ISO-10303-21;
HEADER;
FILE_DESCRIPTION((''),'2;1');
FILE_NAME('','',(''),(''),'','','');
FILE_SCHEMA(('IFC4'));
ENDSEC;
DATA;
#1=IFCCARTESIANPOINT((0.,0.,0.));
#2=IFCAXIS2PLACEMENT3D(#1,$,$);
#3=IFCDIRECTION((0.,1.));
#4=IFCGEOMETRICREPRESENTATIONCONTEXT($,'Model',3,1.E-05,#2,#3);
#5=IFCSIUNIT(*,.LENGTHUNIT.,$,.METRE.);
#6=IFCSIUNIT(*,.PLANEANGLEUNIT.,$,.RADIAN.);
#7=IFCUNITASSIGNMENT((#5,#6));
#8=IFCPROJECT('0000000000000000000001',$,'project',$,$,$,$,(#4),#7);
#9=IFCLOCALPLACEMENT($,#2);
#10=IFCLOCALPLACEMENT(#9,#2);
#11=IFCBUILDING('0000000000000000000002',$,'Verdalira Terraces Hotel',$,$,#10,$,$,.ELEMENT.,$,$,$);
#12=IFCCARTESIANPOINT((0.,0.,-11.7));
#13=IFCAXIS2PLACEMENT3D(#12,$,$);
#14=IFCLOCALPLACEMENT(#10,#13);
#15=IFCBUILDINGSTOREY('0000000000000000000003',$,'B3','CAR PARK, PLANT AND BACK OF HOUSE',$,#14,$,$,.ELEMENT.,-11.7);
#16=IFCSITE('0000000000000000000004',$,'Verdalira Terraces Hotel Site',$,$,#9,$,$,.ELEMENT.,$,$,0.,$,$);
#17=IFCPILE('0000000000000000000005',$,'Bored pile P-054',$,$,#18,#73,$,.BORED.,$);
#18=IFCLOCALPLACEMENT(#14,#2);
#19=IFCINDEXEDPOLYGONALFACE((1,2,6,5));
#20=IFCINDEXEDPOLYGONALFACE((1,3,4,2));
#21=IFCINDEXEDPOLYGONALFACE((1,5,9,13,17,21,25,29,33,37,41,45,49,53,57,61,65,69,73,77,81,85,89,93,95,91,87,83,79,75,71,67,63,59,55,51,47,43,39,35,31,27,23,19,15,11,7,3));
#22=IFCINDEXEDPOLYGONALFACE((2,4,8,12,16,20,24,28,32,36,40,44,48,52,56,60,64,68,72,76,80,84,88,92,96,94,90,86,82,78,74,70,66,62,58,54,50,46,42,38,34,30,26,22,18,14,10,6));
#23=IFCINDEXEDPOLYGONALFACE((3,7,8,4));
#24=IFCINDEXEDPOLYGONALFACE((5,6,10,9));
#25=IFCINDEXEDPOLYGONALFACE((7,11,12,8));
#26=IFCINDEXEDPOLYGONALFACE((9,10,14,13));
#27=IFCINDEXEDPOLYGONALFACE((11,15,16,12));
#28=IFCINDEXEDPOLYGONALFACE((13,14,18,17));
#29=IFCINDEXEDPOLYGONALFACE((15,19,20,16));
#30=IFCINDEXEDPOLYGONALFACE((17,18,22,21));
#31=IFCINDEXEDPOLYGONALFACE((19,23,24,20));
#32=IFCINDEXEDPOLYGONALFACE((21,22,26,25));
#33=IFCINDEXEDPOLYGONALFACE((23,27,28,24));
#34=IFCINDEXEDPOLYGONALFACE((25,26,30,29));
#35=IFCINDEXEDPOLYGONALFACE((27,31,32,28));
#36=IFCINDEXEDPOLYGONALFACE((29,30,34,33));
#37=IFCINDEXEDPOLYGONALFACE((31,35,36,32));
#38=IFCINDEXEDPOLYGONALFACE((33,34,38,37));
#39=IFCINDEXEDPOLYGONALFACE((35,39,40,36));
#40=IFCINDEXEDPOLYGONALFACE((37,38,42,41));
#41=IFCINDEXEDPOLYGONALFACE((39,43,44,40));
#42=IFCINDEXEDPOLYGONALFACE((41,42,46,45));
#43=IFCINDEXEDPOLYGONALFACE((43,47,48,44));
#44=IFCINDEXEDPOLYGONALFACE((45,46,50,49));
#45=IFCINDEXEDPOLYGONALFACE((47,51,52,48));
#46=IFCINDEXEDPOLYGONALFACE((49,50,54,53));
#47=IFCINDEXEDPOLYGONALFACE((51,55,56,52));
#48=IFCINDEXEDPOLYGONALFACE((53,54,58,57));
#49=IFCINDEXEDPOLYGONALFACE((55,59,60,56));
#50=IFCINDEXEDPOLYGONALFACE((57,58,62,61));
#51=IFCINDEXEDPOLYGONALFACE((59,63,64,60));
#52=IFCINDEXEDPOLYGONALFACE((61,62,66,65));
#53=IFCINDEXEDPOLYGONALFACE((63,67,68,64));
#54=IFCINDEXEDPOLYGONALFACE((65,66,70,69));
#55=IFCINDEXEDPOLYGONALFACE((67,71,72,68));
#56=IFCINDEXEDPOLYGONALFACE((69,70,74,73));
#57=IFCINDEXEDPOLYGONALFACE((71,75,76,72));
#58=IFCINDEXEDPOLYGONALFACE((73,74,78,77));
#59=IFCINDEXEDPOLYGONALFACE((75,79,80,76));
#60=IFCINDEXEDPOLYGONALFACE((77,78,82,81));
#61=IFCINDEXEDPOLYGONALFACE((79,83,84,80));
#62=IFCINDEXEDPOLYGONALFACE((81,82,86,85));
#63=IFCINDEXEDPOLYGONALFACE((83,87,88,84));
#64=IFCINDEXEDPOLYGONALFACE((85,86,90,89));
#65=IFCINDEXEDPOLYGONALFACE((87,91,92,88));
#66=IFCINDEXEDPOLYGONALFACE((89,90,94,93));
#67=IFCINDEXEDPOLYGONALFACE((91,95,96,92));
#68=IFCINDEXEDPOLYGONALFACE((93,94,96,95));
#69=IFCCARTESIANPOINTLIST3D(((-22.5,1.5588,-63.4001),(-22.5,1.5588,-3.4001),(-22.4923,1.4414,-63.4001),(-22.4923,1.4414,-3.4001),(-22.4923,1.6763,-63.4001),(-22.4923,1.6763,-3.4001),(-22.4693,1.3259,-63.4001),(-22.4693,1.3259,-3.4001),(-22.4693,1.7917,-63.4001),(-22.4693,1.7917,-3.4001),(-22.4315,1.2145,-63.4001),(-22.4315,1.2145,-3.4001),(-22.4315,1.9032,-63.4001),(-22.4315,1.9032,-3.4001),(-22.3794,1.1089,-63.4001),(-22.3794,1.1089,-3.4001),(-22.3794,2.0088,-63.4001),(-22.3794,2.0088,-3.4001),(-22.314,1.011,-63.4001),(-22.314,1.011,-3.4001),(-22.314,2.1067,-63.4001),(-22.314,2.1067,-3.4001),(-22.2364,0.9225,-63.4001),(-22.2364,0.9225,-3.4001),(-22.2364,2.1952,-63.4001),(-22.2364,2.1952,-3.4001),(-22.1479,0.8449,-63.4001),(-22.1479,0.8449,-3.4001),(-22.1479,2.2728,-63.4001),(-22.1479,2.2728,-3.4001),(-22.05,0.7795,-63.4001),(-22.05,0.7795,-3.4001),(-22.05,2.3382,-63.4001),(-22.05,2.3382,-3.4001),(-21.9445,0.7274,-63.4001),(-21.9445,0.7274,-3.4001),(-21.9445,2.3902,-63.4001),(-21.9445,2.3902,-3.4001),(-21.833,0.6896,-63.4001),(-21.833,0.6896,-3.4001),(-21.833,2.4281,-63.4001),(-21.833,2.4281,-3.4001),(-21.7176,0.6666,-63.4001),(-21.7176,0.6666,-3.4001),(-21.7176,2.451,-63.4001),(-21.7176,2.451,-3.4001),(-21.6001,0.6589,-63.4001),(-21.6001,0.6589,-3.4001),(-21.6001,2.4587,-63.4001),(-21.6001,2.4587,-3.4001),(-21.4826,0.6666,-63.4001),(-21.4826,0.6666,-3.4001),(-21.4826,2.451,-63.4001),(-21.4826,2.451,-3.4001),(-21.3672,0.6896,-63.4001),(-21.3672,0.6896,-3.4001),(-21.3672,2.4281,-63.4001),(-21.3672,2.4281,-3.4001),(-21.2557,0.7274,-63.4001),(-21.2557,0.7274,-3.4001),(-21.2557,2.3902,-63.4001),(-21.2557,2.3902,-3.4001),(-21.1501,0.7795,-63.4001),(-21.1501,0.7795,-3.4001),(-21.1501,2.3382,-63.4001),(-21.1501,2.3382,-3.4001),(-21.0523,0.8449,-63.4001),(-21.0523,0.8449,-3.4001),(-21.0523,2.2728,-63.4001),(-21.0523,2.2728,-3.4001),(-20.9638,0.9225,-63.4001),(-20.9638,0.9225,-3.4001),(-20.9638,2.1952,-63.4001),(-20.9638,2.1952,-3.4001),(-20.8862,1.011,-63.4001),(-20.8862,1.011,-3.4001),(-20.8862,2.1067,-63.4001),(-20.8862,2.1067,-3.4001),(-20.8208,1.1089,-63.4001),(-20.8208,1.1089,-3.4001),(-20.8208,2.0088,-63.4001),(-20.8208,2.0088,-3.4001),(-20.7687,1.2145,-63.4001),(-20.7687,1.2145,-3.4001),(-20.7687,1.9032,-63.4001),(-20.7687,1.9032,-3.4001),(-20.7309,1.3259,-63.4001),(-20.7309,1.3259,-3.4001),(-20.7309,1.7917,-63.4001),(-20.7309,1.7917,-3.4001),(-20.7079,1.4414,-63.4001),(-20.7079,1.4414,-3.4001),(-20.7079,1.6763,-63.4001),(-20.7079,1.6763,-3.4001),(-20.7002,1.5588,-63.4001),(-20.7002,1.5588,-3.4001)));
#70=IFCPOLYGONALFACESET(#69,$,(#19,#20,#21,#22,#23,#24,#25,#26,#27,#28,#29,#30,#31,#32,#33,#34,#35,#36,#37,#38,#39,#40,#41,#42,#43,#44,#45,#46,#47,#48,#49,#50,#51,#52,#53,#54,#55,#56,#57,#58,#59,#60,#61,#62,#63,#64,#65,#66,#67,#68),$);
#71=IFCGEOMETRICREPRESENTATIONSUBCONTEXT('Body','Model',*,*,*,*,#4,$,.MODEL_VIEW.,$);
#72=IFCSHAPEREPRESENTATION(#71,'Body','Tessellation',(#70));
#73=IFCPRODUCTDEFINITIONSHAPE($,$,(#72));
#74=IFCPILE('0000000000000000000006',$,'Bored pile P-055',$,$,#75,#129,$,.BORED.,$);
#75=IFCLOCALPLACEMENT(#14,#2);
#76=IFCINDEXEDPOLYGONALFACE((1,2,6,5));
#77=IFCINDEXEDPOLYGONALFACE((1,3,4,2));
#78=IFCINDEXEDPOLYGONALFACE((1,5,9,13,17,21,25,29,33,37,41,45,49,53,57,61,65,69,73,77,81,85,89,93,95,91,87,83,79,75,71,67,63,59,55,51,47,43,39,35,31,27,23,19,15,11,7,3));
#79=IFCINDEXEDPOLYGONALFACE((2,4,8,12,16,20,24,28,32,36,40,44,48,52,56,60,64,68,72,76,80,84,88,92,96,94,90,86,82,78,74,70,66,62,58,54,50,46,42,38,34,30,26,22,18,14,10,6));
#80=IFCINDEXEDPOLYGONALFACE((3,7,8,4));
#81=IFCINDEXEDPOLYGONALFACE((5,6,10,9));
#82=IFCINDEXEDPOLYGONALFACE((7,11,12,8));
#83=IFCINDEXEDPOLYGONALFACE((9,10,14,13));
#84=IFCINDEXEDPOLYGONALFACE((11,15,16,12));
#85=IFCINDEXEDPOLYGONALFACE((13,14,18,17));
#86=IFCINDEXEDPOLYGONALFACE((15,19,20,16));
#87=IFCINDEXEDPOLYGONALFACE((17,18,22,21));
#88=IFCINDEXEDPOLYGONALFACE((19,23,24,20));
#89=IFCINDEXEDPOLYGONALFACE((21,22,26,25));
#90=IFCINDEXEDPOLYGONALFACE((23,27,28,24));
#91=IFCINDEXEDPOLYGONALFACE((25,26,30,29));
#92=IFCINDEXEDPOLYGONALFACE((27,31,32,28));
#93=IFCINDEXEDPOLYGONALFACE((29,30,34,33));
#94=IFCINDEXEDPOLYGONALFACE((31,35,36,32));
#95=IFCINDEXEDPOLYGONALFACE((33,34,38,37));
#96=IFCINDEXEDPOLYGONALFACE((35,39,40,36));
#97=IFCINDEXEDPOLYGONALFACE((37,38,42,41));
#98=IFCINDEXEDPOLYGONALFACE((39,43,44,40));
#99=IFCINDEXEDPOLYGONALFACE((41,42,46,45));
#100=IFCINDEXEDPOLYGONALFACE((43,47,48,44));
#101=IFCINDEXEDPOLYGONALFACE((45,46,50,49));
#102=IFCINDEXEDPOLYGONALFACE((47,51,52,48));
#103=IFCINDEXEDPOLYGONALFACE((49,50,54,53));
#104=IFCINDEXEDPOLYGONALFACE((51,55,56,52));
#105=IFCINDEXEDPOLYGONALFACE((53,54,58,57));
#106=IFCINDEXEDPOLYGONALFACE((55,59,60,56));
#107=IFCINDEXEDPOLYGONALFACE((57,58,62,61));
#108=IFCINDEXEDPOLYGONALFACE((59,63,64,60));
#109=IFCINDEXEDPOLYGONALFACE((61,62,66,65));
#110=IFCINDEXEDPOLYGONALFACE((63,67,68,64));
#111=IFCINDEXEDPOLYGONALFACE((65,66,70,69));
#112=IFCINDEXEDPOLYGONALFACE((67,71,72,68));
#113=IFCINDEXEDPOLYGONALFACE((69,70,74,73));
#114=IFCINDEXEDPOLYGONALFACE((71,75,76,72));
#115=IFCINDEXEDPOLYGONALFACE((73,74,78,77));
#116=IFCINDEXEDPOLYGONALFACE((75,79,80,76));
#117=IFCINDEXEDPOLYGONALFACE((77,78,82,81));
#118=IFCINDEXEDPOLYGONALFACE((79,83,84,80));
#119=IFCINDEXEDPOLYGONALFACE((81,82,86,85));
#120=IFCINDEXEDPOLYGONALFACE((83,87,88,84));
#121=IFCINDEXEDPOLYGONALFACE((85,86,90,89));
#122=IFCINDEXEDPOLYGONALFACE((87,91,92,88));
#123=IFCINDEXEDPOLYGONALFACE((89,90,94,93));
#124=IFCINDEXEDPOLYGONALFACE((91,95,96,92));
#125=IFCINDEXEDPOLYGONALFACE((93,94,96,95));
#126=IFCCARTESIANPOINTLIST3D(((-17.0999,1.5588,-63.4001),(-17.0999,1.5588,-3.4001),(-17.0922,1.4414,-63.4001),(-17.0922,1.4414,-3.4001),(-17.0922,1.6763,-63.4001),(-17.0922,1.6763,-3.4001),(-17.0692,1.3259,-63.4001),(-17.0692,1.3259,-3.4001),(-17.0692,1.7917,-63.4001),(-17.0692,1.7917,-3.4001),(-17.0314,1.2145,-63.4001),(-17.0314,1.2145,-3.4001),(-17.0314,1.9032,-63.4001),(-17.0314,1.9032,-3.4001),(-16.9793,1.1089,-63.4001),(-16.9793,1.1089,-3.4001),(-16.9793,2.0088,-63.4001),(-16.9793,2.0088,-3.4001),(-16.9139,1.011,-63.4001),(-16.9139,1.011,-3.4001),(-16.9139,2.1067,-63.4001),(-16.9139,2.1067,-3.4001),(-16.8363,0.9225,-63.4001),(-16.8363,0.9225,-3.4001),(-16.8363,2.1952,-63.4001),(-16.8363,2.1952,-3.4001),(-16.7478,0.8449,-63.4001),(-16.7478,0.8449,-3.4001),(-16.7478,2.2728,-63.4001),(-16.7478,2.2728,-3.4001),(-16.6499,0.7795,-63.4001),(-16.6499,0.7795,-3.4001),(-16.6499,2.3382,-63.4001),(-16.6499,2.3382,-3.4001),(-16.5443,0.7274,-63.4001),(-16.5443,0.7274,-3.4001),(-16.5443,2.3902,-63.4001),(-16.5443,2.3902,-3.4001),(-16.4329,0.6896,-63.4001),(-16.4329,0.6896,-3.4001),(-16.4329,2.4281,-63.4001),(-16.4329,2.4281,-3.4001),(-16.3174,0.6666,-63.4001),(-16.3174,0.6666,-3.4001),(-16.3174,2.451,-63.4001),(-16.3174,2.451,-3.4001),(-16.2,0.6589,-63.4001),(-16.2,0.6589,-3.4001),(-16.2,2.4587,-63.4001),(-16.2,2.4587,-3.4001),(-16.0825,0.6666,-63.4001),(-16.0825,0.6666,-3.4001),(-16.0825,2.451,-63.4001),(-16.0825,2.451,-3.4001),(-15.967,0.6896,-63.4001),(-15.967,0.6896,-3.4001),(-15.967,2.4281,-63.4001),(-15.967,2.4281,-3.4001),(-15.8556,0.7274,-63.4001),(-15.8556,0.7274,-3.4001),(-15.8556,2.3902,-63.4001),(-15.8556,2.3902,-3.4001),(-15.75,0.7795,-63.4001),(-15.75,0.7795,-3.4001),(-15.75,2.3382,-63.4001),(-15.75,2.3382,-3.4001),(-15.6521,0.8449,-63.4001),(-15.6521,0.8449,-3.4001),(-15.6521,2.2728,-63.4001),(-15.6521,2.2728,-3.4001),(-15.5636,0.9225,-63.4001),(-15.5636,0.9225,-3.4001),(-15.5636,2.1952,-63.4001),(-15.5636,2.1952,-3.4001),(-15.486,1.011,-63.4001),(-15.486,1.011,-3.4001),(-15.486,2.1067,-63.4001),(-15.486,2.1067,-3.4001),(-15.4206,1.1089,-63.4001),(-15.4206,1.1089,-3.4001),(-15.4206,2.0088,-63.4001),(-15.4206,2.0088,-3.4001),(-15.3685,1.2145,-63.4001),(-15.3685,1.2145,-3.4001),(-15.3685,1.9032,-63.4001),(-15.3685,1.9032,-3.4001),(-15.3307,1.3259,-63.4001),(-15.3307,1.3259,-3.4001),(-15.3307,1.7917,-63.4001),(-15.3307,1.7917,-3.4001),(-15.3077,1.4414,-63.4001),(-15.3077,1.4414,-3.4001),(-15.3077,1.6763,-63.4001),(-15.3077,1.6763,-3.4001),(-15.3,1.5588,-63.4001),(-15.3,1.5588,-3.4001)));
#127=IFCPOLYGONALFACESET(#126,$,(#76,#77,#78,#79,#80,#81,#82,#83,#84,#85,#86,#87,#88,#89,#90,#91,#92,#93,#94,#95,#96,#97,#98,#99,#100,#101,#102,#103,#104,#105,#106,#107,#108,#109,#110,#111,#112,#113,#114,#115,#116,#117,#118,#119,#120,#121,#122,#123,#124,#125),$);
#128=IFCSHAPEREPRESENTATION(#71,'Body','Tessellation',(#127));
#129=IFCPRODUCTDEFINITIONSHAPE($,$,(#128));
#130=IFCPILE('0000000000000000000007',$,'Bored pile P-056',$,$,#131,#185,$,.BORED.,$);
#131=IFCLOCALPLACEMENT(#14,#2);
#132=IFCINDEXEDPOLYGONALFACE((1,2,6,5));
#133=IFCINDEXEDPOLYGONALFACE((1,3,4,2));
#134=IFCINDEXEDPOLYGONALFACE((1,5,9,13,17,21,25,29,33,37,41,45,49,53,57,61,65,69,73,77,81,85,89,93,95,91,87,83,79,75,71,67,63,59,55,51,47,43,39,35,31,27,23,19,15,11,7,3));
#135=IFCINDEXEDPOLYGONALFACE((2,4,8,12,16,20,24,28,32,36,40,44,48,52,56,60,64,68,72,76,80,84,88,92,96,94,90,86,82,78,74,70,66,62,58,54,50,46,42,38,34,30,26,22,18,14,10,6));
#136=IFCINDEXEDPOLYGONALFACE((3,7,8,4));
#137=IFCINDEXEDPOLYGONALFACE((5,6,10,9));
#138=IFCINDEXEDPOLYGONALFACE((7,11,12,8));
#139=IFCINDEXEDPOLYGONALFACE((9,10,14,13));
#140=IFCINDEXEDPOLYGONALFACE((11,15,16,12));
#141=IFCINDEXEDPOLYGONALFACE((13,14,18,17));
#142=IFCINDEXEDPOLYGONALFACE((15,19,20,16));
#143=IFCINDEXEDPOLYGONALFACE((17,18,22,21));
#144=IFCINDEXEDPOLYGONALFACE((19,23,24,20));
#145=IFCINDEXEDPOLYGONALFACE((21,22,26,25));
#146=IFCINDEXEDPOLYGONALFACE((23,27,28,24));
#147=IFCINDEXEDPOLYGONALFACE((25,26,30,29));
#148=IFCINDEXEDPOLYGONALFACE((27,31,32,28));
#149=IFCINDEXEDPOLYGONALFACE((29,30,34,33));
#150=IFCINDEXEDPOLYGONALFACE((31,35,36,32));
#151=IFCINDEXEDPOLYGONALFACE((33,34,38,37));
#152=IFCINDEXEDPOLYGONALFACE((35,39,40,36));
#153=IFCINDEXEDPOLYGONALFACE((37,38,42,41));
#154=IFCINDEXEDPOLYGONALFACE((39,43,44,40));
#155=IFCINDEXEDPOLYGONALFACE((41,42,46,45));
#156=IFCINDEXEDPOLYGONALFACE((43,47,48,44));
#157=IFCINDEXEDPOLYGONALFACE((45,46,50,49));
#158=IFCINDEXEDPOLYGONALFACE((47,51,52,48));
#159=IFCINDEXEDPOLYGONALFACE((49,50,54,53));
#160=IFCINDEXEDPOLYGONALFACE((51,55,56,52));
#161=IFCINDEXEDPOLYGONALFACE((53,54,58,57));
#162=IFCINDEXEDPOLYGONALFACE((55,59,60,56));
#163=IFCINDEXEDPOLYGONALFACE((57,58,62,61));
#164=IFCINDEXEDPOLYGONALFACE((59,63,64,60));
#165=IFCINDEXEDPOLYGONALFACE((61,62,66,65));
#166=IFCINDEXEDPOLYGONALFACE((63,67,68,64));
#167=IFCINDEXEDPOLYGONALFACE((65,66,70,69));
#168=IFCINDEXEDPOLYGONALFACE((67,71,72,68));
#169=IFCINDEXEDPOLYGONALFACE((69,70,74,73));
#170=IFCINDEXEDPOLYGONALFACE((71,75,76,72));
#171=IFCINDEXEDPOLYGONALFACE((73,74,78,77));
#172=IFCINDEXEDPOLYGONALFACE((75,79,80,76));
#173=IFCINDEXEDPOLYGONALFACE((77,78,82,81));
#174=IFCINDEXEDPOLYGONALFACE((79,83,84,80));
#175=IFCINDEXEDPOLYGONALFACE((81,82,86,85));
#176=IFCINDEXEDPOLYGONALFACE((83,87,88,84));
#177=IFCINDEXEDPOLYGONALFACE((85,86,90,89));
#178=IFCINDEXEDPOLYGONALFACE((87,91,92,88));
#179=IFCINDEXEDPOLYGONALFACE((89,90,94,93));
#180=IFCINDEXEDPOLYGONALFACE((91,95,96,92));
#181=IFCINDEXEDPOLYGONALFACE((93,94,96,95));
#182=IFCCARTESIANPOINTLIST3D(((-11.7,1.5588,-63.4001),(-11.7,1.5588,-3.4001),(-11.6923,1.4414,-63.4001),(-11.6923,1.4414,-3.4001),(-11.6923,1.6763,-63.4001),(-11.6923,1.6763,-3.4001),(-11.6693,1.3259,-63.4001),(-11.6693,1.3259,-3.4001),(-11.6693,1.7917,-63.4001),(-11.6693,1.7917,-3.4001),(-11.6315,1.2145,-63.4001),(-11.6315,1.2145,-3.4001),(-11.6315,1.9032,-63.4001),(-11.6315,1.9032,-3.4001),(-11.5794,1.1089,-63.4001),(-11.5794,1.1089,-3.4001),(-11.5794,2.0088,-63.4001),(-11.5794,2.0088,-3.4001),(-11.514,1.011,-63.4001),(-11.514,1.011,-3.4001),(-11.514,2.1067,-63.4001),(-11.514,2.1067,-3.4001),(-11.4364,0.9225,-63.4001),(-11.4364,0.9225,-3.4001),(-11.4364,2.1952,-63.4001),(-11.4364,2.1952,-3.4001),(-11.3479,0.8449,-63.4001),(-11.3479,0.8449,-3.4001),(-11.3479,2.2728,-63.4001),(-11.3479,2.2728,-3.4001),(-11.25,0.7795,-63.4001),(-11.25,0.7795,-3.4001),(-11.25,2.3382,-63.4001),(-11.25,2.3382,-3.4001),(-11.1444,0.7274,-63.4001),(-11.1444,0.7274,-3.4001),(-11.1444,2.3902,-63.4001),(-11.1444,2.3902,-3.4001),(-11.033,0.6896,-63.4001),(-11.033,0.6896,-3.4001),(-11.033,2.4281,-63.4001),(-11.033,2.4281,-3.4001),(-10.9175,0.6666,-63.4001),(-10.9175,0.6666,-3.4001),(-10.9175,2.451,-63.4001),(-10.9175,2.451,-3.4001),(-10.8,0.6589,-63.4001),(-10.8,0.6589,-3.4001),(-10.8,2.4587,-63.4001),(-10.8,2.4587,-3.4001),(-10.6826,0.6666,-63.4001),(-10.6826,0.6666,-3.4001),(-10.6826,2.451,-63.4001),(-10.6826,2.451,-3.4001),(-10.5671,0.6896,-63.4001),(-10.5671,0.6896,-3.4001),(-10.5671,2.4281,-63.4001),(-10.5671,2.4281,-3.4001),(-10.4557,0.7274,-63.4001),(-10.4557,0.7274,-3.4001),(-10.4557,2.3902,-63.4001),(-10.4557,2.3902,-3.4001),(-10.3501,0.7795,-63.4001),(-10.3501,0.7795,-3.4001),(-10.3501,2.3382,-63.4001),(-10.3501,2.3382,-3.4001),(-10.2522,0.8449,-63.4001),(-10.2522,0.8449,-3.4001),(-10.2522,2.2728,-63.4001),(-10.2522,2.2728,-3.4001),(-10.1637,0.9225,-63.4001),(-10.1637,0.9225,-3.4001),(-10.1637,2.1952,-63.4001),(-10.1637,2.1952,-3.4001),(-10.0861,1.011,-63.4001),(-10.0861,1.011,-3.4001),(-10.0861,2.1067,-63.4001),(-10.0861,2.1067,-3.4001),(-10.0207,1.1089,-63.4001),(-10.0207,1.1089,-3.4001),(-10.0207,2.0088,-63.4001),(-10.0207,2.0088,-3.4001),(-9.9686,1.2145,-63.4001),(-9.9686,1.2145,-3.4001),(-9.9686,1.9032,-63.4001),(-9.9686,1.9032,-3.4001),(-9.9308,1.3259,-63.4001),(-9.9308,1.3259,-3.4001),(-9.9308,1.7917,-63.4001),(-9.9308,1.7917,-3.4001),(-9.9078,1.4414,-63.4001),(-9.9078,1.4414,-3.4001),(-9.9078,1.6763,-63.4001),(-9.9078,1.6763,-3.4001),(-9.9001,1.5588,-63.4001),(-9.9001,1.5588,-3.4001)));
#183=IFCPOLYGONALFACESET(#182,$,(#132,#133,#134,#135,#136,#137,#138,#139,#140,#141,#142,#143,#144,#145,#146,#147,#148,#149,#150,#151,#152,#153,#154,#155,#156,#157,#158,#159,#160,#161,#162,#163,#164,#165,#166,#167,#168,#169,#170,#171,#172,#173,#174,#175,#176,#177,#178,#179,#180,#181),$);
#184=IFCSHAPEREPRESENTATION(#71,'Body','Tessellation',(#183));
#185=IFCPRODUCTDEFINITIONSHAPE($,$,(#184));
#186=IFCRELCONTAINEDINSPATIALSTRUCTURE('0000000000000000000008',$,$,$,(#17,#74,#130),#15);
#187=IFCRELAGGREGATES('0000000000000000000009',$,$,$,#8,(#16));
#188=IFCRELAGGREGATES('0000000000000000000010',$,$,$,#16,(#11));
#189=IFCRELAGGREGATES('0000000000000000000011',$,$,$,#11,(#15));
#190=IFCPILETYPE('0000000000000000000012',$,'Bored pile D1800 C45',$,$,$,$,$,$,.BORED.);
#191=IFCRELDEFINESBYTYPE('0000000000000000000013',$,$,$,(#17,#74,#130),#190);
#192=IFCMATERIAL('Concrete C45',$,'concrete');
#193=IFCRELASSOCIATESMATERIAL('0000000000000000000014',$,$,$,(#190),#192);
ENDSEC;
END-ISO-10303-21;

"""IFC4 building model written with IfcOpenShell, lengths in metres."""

from ifc_helpers import new_model, si_unit, direction, frame, origin, origin_2d, place, context, subcontext, project, spatial, circle, extrude, material, material_profile, profile_set, type_object, element, save


model = new_model("IFC4")

# Units and contexts
model_context = context("Model", 3, precision=1e-05, world=origin(), true_north=direction((0.0, 1.0)))
body_context = subcontext(model_context, "Body", "Model", "MODEL_VIEW")
ifc_project = project(units=[si_unit("LENGTHUNIT", "METRE"), si_unit("PLANEANGLEUNIT", "RADIAN")], contexts=[model_context])

# Site, building, storey
site_placement = place(None, origin())
site = spatial("IfcSite", under=ifc_project, at=site_placement, Name="Verdalira Terraces Hotel Site", CompositionType="ELEMENT", RefElevation=0.0)
building_placement = place(site_placement, origin())
building = spatial("IfcBuilding", under=site, at=building_placement, Name="Verdalira Terraces Hotel", CompositionType="ELEMENT")
storey_placement = place(building_placement, frame((0.0, 0.0, -11.7)))
storey = spatial("IfcBuildingStorey", under=building, at=storey_placement, Name="B3", Description="CAR PARK, PLANT AND BACK OF HOUSE", CompositionType="ELEMENT", Elevation=-11.7)

# Piles
ifc_material_1 = material(Name="Concrete C45", Category="concrete")
ifc_material_profile_1 = material_profile(ifc_material_1, circle(Radius=0.8999, at=origin_2d()), Name="D1800")
ifc_profile_set_1 = profile_set([ifc_material_profile_1], Name="Concrete C45")
pile_type = type_object("IfcPileType", Name="Bored pile D1800 C45", PredefinedType="BORED", material=ifc_profile_set_1)
for number, where, z_axis, x_axis, name in (
    (1, (-21.6001, 1.5588, -3.4001), (0.0, 0.0, -1.0), (1.0, 0.0, 0.0), "Bored pile P-054"),
    (2, (-16.2, 1.5588, -3.4001), (0.0, 0.0, -1.0), (1.0, 0.0, 0.0), "Bored pile P-055"),
    (3, (-10.8, 1.5588, -3.4001), (0.0, 0.0, -1.0), (1.0, 0.0, 0.0), "Bored pile P-056"),
):
    element("IfcPile", number, at=place(storey_placement, frame(where, z_axis=z_axis, x_axis=x_axis)), inside=storey, type_object=pile_type, Name=name, PredefinedType="BORED", context=body_context, shape_type="SweptSolid", body=[
        extrude(circle(Radius=0.8999, at=origin_2d()), origin(), (0.0, 0.0, 1.0), 60.0),
    ])

save(model, "model.ifc")
